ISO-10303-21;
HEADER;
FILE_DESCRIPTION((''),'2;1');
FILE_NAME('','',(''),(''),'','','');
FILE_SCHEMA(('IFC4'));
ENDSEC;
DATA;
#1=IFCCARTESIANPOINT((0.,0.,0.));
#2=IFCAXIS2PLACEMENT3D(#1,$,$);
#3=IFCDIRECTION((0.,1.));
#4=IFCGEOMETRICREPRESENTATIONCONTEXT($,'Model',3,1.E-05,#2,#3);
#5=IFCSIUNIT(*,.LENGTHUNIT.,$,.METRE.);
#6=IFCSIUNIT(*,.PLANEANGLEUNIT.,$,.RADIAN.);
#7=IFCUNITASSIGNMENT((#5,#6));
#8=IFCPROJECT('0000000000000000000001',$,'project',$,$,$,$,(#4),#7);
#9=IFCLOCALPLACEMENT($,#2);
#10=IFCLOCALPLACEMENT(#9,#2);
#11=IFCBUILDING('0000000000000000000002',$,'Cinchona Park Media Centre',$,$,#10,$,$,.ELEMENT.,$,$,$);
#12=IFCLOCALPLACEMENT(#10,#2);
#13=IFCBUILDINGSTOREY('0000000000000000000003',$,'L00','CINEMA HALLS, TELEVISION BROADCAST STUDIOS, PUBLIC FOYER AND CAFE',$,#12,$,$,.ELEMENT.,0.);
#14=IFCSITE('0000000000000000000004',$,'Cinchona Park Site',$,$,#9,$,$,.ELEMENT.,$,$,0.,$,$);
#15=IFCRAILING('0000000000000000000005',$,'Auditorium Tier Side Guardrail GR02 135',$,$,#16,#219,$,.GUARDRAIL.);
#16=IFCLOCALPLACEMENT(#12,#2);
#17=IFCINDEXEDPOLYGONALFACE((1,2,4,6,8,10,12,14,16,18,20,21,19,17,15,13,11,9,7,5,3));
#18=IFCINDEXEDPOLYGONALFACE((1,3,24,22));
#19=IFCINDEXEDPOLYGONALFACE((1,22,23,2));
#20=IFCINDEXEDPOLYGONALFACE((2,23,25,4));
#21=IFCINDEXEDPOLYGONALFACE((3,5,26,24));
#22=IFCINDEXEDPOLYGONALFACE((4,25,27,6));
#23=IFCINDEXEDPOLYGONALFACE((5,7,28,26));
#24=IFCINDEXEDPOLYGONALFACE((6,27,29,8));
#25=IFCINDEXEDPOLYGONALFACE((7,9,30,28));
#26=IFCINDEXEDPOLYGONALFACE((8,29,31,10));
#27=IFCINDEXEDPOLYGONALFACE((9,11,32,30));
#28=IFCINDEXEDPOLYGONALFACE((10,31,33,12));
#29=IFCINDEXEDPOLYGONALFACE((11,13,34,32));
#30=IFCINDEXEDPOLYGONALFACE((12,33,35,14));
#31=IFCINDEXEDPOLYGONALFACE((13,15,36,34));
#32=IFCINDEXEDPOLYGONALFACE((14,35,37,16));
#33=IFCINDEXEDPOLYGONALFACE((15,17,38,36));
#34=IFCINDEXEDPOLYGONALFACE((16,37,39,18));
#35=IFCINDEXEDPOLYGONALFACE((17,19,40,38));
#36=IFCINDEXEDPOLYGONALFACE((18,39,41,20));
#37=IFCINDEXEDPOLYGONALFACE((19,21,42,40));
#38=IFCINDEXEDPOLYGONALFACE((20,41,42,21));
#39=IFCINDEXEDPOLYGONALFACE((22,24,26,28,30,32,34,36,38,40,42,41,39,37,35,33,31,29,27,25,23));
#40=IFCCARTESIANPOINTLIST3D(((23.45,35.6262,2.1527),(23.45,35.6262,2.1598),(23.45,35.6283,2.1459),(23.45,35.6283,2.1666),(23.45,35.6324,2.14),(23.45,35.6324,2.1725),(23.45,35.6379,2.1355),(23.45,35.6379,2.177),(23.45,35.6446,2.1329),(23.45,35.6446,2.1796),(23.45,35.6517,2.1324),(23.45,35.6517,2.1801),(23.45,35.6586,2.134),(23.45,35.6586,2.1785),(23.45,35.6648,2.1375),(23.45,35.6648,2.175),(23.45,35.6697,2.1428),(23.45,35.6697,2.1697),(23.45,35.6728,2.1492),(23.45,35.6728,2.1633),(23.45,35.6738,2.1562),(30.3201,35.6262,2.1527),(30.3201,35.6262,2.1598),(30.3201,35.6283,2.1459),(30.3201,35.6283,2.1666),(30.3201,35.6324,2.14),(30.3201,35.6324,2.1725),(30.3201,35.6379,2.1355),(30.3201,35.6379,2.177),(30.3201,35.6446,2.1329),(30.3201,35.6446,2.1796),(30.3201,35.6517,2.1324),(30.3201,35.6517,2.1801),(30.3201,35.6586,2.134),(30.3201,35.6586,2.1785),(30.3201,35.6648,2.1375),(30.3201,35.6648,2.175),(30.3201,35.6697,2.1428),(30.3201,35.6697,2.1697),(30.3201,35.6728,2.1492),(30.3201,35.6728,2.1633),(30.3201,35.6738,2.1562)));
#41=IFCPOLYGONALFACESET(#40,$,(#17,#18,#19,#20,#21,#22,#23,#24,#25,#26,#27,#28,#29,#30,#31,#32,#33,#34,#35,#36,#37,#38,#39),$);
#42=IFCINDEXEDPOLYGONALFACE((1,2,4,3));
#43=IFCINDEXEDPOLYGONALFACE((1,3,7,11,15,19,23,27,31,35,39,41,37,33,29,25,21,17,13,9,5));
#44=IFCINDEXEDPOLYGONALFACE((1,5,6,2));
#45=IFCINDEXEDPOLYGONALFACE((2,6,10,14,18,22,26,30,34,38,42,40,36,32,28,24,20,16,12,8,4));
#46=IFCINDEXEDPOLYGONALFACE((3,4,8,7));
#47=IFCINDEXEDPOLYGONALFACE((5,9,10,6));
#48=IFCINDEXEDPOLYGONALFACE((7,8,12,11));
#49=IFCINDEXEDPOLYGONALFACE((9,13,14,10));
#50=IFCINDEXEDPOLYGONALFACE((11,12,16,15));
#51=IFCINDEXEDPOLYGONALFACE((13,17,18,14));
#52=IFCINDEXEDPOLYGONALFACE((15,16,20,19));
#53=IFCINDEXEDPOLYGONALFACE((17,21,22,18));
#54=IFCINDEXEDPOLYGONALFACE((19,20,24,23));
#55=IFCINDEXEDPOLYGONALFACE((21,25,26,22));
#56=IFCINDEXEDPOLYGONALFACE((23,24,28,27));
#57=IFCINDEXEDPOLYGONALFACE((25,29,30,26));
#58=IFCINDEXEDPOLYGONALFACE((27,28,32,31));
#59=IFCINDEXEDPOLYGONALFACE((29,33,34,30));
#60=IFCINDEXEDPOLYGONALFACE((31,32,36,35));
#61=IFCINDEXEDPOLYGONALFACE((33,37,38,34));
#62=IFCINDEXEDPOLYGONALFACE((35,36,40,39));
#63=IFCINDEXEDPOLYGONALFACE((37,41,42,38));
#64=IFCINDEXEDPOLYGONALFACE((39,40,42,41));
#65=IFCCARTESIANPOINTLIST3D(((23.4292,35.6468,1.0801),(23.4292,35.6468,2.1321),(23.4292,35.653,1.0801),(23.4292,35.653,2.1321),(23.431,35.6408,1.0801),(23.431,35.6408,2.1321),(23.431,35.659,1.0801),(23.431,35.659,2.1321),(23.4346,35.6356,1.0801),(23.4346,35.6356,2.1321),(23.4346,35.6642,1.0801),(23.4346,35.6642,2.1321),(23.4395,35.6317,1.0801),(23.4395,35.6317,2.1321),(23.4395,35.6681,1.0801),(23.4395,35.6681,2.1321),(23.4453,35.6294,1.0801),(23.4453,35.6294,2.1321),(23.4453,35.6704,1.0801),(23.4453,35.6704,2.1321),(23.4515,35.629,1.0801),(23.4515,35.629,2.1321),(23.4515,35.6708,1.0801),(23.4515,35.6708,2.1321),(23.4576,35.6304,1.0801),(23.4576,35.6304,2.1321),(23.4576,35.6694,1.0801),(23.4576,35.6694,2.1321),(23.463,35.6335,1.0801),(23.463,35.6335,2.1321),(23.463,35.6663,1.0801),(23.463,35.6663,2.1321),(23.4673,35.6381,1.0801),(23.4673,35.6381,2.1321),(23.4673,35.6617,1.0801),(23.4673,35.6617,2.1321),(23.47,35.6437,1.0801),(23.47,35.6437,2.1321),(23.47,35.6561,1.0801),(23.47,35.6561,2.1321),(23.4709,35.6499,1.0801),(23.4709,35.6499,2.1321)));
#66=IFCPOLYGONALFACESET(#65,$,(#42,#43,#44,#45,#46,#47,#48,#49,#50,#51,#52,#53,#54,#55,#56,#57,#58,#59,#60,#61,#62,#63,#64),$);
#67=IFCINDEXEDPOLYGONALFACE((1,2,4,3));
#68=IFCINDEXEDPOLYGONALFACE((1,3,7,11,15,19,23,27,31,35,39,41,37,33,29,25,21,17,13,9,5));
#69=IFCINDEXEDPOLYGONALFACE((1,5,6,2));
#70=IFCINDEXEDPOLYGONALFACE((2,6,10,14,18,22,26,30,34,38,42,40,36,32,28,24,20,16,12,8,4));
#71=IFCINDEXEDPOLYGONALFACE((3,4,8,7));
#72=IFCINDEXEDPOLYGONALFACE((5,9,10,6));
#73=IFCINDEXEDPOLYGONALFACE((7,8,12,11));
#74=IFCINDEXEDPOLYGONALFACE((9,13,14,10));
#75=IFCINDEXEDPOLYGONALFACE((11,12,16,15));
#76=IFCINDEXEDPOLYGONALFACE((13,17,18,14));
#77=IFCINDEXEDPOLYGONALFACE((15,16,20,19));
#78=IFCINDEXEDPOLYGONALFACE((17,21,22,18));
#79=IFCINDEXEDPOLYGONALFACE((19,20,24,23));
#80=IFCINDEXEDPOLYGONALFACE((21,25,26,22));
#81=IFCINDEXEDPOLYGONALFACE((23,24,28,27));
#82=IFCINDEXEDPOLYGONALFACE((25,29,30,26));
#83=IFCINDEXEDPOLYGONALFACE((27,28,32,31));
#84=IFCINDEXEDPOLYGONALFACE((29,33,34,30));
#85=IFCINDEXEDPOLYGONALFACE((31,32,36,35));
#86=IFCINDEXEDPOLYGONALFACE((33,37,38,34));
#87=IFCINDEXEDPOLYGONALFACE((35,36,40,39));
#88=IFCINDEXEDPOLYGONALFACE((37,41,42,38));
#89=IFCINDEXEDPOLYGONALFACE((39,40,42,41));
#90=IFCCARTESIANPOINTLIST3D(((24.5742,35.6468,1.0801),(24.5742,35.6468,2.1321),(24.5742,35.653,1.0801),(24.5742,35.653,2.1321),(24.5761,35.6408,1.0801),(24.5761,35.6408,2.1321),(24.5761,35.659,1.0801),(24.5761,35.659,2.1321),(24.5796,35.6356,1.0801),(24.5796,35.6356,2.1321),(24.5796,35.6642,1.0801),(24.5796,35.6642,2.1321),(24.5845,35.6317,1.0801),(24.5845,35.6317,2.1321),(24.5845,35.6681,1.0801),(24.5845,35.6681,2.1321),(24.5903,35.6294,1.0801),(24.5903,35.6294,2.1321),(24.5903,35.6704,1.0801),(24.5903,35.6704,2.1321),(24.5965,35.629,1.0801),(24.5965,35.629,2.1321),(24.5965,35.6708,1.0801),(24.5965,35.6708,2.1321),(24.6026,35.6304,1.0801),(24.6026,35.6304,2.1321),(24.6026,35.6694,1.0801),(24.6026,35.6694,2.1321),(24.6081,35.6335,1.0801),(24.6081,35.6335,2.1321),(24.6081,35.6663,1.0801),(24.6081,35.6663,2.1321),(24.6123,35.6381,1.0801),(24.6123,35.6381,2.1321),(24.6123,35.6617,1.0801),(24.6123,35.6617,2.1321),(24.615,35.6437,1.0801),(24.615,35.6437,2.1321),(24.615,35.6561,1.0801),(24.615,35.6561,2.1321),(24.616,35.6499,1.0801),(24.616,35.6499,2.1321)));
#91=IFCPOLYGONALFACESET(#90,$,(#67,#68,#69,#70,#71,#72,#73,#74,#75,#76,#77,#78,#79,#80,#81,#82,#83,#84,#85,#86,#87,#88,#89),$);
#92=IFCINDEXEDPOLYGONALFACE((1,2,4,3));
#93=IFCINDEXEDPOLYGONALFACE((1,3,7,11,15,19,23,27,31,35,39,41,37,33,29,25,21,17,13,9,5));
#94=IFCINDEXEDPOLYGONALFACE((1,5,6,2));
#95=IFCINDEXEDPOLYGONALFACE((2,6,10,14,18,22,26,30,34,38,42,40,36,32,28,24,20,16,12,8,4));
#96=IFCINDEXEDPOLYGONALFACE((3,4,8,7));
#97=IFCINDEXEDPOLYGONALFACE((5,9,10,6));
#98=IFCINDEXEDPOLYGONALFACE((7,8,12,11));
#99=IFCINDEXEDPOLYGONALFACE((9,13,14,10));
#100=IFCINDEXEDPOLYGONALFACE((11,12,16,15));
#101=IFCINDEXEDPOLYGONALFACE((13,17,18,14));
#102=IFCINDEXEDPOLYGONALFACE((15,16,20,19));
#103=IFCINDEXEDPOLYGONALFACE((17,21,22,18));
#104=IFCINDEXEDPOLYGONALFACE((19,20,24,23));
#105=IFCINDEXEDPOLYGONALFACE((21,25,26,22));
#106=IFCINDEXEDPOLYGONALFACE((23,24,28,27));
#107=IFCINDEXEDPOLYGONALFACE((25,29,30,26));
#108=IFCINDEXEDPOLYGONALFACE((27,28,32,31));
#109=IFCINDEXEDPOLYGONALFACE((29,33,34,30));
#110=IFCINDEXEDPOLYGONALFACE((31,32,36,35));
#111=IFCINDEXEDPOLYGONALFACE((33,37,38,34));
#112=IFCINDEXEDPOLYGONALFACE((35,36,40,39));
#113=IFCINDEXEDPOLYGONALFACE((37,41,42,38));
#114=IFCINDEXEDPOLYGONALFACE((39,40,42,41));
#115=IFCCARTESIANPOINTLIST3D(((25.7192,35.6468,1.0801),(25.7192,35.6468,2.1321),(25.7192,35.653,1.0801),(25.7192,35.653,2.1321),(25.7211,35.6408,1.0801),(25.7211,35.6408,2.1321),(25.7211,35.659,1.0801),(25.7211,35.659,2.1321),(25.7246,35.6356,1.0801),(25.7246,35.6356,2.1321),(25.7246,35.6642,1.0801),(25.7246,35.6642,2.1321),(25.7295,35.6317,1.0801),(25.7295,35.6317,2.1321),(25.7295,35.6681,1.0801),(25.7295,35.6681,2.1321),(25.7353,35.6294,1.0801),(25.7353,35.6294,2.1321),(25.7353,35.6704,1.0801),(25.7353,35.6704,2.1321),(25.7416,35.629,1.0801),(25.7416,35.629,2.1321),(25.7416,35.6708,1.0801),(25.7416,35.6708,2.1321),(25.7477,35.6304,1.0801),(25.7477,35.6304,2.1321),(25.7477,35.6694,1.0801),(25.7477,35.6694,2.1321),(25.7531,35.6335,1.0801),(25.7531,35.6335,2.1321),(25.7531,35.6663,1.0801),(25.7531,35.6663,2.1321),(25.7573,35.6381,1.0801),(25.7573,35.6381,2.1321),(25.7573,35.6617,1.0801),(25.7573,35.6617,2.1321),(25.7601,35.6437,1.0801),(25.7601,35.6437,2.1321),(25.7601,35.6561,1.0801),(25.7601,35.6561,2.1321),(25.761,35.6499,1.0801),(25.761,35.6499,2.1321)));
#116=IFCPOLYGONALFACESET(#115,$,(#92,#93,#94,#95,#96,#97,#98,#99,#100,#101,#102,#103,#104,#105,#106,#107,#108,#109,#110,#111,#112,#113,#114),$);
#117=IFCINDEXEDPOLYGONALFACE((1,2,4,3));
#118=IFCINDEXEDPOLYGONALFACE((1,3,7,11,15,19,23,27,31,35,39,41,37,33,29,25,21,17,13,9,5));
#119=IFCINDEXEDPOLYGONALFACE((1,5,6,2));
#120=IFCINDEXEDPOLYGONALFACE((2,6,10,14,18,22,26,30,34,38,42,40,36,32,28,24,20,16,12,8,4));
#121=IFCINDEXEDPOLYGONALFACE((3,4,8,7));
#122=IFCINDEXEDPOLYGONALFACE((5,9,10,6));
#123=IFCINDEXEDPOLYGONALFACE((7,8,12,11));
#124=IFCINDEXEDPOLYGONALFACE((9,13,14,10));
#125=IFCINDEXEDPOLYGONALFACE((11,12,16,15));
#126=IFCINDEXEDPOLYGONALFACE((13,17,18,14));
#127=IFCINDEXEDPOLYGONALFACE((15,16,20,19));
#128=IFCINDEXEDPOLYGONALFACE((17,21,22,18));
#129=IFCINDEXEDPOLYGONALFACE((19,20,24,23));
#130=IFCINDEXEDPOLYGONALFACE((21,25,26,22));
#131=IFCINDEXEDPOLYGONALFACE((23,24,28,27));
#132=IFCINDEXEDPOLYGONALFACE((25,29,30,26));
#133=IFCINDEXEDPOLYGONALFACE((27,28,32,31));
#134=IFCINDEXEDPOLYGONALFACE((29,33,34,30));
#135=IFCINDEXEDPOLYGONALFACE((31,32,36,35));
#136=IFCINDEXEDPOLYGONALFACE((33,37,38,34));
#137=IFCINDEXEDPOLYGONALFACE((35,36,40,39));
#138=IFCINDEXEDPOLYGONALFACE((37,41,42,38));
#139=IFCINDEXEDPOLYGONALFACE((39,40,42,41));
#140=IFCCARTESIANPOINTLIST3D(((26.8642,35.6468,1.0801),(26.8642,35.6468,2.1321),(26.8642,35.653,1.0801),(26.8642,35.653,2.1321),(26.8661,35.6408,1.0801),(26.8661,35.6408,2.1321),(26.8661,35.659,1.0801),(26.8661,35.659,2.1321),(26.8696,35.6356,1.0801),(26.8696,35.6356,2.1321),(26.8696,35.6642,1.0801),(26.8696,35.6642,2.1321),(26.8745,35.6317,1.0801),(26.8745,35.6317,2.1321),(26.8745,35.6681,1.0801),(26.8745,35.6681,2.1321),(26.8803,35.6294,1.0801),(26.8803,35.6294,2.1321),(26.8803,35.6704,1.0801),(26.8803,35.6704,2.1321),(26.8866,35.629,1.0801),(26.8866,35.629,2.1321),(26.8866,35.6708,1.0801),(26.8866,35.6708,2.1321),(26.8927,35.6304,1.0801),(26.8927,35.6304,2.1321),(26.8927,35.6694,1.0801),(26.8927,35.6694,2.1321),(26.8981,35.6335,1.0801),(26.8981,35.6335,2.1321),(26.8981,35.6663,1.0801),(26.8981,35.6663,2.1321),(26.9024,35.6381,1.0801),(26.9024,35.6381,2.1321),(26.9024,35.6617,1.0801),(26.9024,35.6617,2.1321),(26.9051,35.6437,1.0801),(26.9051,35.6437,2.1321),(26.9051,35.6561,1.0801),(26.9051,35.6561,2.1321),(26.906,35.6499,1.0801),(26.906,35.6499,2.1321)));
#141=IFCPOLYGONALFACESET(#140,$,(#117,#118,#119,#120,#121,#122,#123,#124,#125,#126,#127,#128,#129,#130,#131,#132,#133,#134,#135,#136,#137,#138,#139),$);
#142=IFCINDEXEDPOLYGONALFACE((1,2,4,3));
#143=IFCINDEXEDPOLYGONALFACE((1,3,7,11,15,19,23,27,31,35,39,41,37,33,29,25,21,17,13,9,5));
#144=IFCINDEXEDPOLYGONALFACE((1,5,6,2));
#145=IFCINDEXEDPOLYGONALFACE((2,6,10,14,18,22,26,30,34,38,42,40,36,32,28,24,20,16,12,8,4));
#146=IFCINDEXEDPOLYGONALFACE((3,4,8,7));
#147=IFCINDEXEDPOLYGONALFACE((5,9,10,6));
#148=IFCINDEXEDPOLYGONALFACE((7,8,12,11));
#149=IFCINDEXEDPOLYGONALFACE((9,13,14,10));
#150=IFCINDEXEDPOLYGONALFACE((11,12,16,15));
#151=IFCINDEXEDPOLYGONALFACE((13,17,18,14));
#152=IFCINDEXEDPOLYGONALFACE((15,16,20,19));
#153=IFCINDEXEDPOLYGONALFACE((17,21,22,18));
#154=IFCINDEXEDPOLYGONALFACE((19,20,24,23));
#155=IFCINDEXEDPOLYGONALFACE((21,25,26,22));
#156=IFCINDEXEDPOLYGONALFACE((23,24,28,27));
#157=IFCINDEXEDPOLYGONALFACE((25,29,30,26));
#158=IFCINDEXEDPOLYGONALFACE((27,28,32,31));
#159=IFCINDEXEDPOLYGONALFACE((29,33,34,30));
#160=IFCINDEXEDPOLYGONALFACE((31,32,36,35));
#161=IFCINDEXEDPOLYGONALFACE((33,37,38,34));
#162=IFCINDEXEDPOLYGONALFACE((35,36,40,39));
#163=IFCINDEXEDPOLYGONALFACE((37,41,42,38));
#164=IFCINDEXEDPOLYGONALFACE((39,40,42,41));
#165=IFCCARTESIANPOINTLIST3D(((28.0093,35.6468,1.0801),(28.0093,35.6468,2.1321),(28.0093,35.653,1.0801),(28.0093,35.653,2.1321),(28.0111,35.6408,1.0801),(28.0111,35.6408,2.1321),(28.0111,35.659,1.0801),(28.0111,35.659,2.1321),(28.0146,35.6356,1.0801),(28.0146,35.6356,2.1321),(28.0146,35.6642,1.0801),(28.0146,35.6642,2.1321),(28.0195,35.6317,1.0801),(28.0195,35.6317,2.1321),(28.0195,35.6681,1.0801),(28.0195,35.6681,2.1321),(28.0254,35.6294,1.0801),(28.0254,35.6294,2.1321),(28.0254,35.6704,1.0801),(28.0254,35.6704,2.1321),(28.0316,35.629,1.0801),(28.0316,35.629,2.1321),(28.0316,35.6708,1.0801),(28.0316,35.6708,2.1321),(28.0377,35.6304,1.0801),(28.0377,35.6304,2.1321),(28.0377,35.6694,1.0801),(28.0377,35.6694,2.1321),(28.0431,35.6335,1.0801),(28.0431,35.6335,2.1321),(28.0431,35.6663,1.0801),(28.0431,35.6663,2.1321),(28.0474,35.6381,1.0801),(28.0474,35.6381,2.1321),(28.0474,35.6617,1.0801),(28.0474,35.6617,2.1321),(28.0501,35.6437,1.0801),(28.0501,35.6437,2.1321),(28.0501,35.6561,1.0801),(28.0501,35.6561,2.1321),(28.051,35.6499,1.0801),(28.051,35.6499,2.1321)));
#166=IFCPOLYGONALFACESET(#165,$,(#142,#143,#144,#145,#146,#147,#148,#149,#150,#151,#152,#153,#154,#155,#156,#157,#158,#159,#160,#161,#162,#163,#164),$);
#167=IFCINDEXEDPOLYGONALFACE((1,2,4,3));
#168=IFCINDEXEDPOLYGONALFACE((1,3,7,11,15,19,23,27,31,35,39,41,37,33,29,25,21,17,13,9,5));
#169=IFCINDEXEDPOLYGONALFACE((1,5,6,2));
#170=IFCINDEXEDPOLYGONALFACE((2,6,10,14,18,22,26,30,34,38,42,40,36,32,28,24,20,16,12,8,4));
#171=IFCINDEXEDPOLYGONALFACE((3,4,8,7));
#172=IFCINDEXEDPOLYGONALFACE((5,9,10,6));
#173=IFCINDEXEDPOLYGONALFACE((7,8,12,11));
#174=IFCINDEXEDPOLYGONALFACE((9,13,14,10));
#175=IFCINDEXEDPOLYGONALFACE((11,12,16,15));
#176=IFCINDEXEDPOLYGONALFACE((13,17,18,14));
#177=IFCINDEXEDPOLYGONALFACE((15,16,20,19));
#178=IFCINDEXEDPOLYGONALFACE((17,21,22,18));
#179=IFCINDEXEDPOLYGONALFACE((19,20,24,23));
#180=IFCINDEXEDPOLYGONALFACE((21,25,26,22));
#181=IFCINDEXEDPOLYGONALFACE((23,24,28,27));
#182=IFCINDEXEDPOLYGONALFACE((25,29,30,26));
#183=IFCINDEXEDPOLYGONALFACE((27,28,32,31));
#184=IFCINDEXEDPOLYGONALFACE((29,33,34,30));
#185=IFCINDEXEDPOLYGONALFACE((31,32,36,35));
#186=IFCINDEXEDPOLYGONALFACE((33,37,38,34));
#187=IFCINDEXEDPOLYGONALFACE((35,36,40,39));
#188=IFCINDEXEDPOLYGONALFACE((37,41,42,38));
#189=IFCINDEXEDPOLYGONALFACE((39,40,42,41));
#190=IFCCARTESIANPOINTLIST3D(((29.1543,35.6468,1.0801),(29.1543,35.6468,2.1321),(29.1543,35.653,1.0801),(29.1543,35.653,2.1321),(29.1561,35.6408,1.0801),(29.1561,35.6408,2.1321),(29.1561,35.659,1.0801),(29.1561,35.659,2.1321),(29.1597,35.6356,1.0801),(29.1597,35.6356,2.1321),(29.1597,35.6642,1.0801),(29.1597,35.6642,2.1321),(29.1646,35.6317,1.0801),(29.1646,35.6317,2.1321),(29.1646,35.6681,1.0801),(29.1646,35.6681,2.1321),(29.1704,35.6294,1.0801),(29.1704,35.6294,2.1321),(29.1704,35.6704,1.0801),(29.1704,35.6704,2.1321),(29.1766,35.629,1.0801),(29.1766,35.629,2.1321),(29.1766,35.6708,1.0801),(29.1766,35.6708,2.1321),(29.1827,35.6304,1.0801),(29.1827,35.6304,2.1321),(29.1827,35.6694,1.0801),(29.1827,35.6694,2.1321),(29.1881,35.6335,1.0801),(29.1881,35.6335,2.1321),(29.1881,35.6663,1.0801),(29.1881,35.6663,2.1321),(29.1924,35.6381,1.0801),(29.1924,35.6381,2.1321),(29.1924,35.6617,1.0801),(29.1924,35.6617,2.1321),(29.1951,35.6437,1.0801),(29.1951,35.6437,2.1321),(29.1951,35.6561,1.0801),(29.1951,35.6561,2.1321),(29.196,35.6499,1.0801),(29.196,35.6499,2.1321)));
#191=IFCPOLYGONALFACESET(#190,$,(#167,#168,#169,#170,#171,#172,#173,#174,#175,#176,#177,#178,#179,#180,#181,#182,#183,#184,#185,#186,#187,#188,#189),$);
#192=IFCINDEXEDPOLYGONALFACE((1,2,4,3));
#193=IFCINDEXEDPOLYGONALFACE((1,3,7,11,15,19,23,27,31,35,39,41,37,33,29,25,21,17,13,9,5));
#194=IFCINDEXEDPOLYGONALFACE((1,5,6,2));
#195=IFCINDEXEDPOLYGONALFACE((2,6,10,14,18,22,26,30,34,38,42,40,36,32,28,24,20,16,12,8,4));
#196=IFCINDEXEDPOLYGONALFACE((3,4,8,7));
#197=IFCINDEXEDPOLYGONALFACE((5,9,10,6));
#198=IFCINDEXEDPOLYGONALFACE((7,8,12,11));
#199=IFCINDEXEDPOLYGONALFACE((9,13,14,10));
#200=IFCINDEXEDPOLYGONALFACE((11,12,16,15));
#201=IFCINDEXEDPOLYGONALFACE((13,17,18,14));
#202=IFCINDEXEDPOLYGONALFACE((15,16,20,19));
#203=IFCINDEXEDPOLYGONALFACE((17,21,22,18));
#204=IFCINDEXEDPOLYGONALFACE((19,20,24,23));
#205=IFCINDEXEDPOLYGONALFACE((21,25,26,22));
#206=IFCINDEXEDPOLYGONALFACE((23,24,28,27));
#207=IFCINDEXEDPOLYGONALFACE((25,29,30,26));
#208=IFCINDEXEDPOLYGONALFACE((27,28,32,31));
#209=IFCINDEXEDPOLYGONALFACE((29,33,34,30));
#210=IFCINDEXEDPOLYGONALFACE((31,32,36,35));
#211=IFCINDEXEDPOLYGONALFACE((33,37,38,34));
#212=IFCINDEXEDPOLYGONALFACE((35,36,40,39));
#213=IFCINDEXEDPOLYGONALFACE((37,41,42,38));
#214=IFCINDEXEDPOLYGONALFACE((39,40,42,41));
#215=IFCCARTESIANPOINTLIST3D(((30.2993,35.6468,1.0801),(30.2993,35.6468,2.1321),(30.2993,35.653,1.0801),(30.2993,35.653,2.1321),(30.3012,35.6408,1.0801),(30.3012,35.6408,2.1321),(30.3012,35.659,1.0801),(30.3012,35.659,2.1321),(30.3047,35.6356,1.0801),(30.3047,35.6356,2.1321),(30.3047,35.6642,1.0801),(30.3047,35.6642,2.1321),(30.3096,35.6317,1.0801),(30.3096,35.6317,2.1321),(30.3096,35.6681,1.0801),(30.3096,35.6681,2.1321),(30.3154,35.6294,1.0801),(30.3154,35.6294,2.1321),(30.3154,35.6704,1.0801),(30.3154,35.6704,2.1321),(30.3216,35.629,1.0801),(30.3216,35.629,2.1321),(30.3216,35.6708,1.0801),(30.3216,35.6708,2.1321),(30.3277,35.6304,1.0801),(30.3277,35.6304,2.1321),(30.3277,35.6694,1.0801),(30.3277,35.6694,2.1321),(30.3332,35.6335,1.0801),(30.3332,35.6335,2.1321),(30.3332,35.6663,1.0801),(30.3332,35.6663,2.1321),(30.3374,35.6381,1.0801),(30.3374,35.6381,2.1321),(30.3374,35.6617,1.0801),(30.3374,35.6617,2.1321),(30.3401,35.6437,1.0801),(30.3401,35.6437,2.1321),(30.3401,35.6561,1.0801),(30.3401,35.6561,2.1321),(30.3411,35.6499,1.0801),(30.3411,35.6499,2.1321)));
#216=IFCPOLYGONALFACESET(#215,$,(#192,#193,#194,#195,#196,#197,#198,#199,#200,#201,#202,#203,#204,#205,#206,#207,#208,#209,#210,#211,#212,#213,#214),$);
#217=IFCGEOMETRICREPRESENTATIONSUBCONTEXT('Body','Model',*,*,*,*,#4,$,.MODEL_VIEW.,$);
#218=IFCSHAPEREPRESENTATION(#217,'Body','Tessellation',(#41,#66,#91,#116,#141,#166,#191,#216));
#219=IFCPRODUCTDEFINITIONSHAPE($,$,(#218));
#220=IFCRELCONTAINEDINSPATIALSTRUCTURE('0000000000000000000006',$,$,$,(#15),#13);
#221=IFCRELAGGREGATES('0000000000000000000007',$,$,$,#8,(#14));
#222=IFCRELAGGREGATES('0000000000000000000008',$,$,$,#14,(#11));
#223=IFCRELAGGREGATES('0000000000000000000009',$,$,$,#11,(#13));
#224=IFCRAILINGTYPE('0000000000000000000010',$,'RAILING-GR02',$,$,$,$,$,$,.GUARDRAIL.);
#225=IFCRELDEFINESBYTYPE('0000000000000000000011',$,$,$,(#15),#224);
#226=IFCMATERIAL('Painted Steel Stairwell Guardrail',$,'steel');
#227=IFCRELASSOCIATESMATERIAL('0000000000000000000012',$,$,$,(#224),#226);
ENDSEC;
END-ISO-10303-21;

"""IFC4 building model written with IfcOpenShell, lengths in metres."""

from ifc_helpers import new_model, si_unit, direction, frame, origin, origin_2d, place, context, subcontext, project, spatial, circle, extrude, material, type_object, element, save


model = new_model("IFC4")

# Units and contexts
model_context = context("Model", 3, precision=1e-05, world=origin(), true_north=direction((0.0, 1.0)))
body_context = subcontext(model_context, "Body", "Model", "MODEL_VIEW")
ifc_project = project(units=[si_unit("LENGTHUNIT", "METRE"), si_unit("PLANEANGLEUNIT", "RADIAN")], contexts=[model_context])

# Site, building, storey
site_placement = place(None, origin())
site = spatial("IfcSite", under=ifc_project, at=site_placement, Name="Cinchona Park Site", CompositionType="ELEMENT", RefElevation=0.0)
building_placement = place(site_placement, origin())
building = spatial("IfcBuilding", under=site, at=building_placement, Name="Cinchona Park Media Centre", CompositionType="ELEMENT")
storey_placement = place(building_placement, origin())
storey = spatial("IfcBuildingStorey", under=building, at=storey_placement, Name="L00", Description="CINEMA HALLS, TELEVISION BROADCAST STUDIOS, PUBLIC FOYER AND CAFE", CompositionType="ELEMENT", Elevation=0.0)

# Railing
ifc_material_1 = material(Name="Painted Steel Stairwell Guardrail", Category="steel")
railing_type_1 = type_object("IfcRailingType", Name="RAILING-GR02", PredefinedType="GUARDRAIL", material=ifc_material_1)
railing_1_placement = place(storey_placement, frame((23.45, 35.6499, 1.0801)))
element("IfcRailing", 1, at=railing_1_placement, inside=storey, type_object=railing_type_1, Name="Auditorium Tier Side Guardrail GR02 135", PredefinedType="GUARDRAIL", context=body_context, shape_type="SweptSolid", body=[
    extrude(circle(Radius=0.0239, at=origin_2d()), frame((0.0, 0.0, 1.0762), z_axis=(1.0, 0.0, 0.0), x_axis=(0.0, 1.0, 0.0)), (0.0, 0.0, 1.0), 6.8701),
    extrude(circle(Radius=0.021, at=origin_2d()), origin(), (0.0, 0.0, 1.0), 1.052),
    extrude(circle(Radius=0.021, at=origin_2d()), frame((1.145, 0.0, 0.0)), (0.0, 0.0, 1.0), 1.052),
    extrude(circle(Radius=0.021, at=origin_2d()), frame((2.29, 0.0, 0.0)), (0.0, 0.0, 1.0), 1.052),
    extrude(circle(Radius=0.021, at=origin_2d()), frame((3.4351, 0.0, 0.0)), (0.0, 0.0, 1.0), 1.052),
    extrude(circle(Radius=0.021, at=origin_2d()), frame((4.5801, 0.0, 0.0)), (0.0, 0.0, 1.0), 1.052),
    extrude(circle(Radius=0.021, at=origin_2d()), frame((5.7251, 0.0, 0.0)), (0.0, 0.0, 1.0), 1.052),
    extrude(circle(Radius=0.021, at=origin_2d()), frame((6.8701, 0.0, 0.0)), (0.0, 0.0, 1.0), 1.052),
])

save(model, "model.ifc")
